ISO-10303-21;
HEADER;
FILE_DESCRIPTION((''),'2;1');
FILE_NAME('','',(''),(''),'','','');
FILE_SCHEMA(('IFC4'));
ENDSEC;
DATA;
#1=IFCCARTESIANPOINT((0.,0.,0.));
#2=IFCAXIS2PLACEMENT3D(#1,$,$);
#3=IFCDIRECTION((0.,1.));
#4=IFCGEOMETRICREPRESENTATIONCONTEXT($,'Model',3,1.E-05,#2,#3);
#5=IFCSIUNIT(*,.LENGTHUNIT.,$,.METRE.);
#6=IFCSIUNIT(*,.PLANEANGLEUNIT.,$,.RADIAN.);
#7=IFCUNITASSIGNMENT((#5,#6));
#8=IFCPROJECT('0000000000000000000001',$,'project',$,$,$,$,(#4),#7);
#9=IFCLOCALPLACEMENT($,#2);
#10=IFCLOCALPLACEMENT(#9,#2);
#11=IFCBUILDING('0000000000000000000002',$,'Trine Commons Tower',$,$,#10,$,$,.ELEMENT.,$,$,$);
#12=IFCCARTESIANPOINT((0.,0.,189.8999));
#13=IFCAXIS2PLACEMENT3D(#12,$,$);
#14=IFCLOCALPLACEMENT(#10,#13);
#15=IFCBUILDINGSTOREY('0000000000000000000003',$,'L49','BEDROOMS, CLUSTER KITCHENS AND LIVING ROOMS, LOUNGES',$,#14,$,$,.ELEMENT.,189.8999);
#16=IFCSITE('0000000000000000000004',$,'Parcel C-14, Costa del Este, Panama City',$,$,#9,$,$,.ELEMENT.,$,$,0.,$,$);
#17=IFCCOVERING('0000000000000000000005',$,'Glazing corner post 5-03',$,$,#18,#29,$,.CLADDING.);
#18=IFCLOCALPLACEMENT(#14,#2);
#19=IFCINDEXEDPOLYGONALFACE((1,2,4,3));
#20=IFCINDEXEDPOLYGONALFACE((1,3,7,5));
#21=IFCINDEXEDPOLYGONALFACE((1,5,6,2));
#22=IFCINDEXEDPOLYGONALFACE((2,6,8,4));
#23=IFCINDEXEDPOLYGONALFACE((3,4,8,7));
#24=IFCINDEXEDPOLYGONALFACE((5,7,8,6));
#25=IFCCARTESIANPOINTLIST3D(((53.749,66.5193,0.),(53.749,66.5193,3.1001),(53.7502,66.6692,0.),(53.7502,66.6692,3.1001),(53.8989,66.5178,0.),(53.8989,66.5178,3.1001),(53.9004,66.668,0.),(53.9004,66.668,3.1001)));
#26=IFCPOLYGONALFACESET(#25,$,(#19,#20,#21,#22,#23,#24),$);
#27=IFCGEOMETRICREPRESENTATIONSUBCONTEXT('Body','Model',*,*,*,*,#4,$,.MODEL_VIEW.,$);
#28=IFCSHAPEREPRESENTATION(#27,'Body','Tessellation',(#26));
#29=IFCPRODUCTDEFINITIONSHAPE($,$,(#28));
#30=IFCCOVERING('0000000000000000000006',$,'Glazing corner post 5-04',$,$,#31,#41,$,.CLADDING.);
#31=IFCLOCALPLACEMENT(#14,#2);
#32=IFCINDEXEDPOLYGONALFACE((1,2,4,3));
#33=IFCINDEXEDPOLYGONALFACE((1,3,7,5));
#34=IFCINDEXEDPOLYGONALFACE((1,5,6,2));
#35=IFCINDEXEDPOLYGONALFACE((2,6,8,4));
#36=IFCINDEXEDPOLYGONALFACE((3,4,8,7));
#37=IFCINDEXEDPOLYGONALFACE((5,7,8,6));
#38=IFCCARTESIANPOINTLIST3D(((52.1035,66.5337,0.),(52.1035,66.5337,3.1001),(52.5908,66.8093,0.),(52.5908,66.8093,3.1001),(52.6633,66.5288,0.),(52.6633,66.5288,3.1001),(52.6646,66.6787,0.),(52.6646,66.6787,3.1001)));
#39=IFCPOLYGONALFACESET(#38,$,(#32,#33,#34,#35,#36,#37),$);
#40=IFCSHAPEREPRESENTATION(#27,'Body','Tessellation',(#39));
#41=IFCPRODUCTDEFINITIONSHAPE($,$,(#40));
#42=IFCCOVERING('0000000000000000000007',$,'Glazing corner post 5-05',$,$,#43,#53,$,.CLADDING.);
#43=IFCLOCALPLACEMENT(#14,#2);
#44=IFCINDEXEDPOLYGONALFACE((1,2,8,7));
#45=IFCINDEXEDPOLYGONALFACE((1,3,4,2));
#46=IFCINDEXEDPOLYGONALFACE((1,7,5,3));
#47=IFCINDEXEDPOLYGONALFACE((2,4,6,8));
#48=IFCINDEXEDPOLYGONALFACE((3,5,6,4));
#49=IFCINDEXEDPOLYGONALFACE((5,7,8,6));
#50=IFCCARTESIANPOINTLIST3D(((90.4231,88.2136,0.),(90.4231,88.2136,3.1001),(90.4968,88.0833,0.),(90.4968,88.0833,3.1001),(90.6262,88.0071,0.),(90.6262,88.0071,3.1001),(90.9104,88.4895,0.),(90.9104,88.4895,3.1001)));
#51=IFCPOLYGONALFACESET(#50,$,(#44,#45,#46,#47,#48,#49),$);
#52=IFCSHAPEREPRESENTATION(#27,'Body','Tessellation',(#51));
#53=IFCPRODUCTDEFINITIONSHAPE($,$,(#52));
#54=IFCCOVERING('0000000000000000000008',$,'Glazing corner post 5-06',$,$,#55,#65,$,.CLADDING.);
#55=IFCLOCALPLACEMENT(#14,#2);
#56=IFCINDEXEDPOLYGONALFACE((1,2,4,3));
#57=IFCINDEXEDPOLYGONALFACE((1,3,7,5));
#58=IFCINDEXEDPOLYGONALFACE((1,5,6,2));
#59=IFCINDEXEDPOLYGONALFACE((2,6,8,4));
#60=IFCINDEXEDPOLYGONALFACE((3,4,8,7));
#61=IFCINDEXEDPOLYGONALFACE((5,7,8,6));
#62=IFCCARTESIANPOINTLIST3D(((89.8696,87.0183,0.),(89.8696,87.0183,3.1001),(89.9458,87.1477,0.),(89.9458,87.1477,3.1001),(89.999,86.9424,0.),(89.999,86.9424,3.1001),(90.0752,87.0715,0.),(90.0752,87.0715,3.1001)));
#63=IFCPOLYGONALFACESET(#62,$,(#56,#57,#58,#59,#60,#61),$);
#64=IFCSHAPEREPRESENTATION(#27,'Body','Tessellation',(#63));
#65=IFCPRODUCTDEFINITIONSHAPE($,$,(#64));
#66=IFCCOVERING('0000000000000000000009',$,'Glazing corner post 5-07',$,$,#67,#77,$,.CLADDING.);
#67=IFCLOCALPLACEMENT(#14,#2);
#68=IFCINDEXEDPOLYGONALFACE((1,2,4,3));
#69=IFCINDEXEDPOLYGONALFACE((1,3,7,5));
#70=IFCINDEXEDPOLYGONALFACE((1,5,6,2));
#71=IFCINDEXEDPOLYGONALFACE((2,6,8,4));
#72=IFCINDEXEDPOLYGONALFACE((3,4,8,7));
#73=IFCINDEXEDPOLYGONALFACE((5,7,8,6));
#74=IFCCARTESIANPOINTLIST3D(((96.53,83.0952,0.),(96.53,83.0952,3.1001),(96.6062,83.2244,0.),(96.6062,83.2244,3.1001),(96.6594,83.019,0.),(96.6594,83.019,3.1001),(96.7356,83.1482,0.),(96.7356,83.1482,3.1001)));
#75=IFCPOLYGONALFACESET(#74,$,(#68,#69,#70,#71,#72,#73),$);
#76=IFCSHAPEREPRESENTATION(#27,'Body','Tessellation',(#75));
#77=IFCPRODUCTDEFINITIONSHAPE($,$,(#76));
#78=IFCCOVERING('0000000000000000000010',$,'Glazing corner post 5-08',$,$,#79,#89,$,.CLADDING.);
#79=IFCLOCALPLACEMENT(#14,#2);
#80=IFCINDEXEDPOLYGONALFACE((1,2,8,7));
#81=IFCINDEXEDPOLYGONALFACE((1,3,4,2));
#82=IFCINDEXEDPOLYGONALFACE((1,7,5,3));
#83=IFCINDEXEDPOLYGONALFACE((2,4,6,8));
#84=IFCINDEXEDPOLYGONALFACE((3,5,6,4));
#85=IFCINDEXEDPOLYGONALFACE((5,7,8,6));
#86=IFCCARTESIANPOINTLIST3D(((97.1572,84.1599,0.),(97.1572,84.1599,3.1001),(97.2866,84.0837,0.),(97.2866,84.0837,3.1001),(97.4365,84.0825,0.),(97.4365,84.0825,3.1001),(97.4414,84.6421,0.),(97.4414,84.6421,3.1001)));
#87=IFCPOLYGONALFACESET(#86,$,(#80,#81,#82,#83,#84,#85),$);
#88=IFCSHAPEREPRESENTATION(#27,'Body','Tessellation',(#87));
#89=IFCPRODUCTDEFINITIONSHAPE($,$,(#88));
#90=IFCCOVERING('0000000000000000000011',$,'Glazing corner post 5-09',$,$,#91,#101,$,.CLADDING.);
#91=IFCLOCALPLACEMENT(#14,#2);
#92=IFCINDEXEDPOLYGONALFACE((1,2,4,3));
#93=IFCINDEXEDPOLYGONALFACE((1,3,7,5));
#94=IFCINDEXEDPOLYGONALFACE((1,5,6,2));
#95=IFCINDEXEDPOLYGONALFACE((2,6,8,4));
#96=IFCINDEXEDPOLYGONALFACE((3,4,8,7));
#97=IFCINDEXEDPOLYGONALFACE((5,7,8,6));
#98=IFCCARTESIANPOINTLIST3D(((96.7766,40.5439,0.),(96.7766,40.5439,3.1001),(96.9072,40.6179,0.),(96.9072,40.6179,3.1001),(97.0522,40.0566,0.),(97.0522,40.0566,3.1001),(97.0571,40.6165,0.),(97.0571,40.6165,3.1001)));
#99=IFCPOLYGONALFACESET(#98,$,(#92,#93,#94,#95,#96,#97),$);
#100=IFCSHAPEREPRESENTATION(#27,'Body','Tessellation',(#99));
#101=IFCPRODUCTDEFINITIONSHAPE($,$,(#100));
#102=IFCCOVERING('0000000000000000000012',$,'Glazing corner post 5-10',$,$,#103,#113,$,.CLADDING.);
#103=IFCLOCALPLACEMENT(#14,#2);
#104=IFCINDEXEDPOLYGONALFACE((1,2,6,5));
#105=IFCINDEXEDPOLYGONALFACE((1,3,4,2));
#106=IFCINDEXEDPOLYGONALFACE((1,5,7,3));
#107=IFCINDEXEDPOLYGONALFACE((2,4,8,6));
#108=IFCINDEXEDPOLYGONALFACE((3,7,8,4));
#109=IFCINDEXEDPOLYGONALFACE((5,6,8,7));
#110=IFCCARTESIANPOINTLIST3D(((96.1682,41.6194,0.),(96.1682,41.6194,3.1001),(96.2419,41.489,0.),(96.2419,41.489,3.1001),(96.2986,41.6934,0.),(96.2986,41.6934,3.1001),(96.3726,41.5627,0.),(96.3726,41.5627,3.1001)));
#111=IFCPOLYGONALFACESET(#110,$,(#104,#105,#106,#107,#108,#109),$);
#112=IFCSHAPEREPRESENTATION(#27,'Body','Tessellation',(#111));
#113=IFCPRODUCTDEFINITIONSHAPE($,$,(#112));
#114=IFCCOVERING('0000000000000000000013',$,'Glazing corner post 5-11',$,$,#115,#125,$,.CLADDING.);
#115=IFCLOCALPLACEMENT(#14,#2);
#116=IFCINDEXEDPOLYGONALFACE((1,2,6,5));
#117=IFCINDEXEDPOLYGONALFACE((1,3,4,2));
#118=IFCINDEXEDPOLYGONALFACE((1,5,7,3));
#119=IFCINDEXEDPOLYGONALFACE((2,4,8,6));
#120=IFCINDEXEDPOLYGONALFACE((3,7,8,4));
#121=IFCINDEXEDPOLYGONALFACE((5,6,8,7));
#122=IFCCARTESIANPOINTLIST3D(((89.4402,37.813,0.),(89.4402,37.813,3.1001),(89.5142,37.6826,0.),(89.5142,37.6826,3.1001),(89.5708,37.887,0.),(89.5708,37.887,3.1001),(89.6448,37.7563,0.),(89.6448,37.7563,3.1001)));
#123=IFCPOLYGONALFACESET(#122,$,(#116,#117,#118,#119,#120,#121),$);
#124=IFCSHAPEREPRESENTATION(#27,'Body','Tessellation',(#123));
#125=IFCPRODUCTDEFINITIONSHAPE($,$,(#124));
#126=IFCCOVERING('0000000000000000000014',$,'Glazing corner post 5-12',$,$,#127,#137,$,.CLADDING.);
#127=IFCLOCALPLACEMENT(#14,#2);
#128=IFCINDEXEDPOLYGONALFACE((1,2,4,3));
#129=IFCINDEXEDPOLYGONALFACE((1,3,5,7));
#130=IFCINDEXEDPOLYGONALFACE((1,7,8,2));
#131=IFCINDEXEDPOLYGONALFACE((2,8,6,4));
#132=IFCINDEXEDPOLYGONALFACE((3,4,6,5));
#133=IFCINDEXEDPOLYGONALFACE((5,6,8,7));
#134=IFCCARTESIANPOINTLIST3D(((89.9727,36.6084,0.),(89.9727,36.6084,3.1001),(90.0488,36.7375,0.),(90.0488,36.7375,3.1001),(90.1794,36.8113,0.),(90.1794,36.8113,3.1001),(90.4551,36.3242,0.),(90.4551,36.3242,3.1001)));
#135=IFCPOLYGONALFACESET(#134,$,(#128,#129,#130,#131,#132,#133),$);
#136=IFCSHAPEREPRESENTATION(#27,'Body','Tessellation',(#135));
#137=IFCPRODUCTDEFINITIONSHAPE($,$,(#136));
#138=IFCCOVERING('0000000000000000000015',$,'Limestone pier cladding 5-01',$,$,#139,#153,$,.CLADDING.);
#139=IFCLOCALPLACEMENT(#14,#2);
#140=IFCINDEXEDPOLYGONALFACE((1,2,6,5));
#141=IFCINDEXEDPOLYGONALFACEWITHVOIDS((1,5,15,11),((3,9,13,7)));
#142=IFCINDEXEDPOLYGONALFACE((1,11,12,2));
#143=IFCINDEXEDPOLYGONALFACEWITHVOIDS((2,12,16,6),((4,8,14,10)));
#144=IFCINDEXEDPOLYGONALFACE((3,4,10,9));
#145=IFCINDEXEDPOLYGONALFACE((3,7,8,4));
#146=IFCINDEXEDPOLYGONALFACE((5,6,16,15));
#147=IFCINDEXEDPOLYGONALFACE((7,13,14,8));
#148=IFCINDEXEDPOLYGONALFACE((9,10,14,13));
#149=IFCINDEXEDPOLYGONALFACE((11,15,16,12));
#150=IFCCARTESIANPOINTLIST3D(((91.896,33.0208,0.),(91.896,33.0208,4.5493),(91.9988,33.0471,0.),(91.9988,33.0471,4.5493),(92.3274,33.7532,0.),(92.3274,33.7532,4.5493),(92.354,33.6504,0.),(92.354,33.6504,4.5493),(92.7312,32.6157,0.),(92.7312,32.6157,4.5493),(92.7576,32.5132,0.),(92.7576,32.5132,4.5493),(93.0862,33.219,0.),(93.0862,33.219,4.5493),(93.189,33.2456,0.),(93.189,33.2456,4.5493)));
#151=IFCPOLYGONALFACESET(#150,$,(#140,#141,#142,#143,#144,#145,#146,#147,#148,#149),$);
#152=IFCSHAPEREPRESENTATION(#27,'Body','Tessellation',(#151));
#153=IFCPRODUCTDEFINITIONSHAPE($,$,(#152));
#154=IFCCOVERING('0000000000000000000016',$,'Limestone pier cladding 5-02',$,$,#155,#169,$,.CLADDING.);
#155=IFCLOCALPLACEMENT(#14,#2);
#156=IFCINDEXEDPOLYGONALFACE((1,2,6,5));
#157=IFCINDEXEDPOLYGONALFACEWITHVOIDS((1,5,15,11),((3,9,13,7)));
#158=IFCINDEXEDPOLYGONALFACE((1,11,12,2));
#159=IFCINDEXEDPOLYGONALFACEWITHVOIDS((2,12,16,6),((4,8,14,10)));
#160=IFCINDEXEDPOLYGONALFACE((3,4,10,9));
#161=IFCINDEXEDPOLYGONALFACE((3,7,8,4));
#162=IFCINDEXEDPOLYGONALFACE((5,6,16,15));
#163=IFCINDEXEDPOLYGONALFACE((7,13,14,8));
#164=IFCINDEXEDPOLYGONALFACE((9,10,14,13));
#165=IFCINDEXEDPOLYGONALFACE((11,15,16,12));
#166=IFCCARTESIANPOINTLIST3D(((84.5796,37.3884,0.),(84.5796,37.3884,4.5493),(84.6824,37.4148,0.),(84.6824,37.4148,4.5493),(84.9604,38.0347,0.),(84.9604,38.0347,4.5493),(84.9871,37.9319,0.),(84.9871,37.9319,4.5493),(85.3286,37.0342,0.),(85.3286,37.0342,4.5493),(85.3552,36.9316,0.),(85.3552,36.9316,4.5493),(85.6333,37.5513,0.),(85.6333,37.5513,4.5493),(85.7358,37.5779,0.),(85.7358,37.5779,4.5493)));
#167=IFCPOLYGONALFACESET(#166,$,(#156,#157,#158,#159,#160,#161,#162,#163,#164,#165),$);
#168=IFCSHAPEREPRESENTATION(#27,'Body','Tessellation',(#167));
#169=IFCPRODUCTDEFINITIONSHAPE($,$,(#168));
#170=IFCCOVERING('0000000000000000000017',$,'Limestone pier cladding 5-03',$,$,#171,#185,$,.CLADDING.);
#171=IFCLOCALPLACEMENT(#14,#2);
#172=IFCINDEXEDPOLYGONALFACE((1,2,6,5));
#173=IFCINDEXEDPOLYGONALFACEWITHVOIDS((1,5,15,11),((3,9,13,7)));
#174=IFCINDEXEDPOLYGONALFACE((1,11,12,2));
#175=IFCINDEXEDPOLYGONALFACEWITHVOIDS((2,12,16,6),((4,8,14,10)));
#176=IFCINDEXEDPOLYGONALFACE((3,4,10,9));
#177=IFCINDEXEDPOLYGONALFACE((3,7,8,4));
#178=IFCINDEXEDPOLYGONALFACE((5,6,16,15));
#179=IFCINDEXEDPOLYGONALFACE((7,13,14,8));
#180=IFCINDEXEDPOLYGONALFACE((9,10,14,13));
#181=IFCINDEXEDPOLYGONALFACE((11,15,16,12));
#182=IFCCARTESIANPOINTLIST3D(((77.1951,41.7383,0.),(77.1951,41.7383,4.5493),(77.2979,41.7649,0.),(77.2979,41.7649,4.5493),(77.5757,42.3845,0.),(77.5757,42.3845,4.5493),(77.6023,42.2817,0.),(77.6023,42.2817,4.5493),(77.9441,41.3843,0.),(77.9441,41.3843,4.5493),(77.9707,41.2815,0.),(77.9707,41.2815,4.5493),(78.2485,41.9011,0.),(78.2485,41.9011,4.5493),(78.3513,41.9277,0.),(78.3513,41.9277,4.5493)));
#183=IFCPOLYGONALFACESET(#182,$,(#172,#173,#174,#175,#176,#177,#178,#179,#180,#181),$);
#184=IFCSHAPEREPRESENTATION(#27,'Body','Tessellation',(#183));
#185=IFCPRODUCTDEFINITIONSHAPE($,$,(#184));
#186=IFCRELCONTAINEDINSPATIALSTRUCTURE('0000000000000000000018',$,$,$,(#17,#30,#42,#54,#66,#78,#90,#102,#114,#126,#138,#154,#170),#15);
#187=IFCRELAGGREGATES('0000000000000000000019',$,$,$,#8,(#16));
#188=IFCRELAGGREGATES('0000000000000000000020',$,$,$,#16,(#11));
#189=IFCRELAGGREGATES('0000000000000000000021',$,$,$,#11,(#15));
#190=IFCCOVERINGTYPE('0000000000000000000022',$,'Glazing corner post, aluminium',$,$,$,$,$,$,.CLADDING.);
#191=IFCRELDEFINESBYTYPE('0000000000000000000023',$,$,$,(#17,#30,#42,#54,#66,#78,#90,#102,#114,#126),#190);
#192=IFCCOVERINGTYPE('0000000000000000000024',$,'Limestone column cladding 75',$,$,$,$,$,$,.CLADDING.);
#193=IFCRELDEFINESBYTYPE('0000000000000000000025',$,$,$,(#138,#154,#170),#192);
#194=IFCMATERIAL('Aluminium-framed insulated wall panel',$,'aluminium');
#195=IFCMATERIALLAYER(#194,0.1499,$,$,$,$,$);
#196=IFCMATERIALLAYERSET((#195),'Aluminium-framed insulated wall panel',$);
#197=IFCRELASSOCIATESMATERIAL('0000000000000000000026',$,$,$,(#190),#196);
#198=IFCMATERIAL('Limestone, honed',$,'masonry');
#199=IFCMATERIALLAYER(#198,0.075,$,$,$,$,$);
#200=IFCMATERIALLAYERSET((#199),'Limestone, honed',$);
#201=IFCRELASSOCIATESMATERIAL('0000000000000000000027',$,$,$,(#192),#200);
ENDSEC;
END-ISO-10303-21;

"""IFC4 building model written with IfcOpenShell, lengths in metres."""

from ifc_helpers import new_model, si_unit, direction, frame, origin, place, context, subcontext, project, spatial, polyline, outline, extrude, material, layer, layer_set, type_object, element, save


model = new_model("IFC4")

# Units and contexts
model_context = context("Model", 3, precision=1e-05, world=origin(), true_north=direction((0.0, 1.0)))
body_context = subcontext(model_context, "Body", "Model", "MODEL_VIEW")
ifc_project = project(units=[si_unit("LENGTHUNIT", "METRE"), si_unit("PLANEANGLEUNIT", "RADIAN")], contexts=[model_context])

# Site, building, storey
site_placement = place(None, origin())
site = spatial("IfcSite", under=ifc_project, at=site_placement, Name="Parcel C-14, Costa del Este, Panama City", CompositionType="ELEMENT", RefElevation=0.0)
building_placement = place(site_placement, origin())
building = spatial("IfcBuilding", under=site, at=building_placement, Name="Trine Commons Tower", CompositionType="ELEMENT")
storey_placement = place(building_placement, frame((0.0, 0.0, 189.8999)))
storey = spatial("IfcBuildingStorey", under=building, at=storey_placement, Name="L49", Description="BEDROOMS, CLUSTER KITCHENS AND LIVING ROOMS, LOUNGES", CompositionType="ELEMENT", Elevation=189.8999)

# Coverings
ifc_material_1 = material(Name="Aluminium-framed insulated wall panel", Category="aluminium")
ifc_layer_1 = layer(ifc_material_1, 0.1499)
ifc_layer_set_1 = layer_set([ifc_layer_1], Name="Aluminium-framed insulated wall panel")
covering_type_1 = type_object("IfcCoveringType", Name="Glazing corner post, aluminium", PredefinedType="CLADDING", material=ifc_layer_set_1)
covering_1_placement = place(storey_placement, origin())
element("IfcCovering", 1, at=covering_1_placement, inside=storey, type_object=covering_type_1, Name="Glazing corner post 5-03", PredefinedType="CLADDING", context=body_context, shape_type="SweptSolid", body=[
    extrude(outline(polyline([(53.8989, 66.5178), (53.9004, 66.668), (53.7502, 66.6692), (53.749, 66.5193), (53.8989, 66.5178)])), origin(), (0.0, 0.0, 1.0), 3.1001),
])
covering_2_placement = place(storey_placement, origin())
element("IfcCovering", 2, at=covering_2_placement, inside=storey, type_object=covering_type_1, Name="Glazing corner post 5-04", PredefinedType="CLADDING", context=body_context, shape_type="SweptSolid", body=[
    extrude(outline(polyline([(52.6633, 66.5288), (52.6646, 66.6787), (52.5908, 66.8093), (52.1035, 66.5337), (52.6633, 66.5288)])), origin(), (0.0, 0.0, 1.0), 3.1001),
])
covering_3_placement = place(storey_placement, origin())
element("IfcCovering", 3, at=covering_3_placement, inside=storey, type_object=covering_type_1, Name="Glazing corner post 5-05", PredefinedType="CLADDING", context=body_context, shape_type="SweptSolid", body=[
    extrude(outline(polyline([(90.6262, 88.0071), (90.9104, 88.4895), (90.4231, 88.2136), (90.4968, 88.0833), (90.6262, 88.0071)])), origin(), (0.0, 0.0, 1.0), 3.1001),
])
covering_4_placement = place(storey_placement, origin())
element("IfcCovering", 4, at=covering_4_placement, inside=storey, type_object=covering_type_1, Name="Glazing corner post 5-06", PredefinedType="CLADDING", context=body_context, shape_type="SweptSolid", body=[
    extrude(outline(polyline([(89.999, 86.9424), (90.0752, 87.0715), (89.9458, 87.1477), (89.8696, 87.0183), (89.999, 86.9424)])), origin(), (0.0, 0.0, 1.0), 3.1001),
])
covering_5_placement = place(storey_placement, origin())
element("IfcCovering", 5, at=covering_5_placement, inside=storey, type_object=covering_type_1, Name="Glazing corner post 5-07", PredefinedType="CLADDING", context=body_context, shape_type="SweptSolid", body=[
    extrude(outline(polyline([(96.53, 83.0952), (96.6594, 83.019), (96.7356, 83.1482), (96.6062, 83.2244), (96.53, 83.0952)])), origin(), (0.0, 0.0, 1.0), 3.1001),
])
covering_6_placement = place(storey_placement, origin())
element("IfcCovering", 6, at=covering_6_placement, inside=storey, type_object=covering_type_1, Name="Glazing corner post 5-08", PredefinedType="CLADDING", context=body_context, shape_type="SweptSolid", body=[
    extrude(outline(polyline([(97.4365, 84.0825), (97.4414, 84.6421), (97.1572, 84.1599), (97.2866, 84.0837), (97.4365, 84.0825)])), origin(), (0.0, 0.0, 1.0), 3.1001),
])
covering_7_placement = place(storey_placement, origin())
element("IfcCovering", 7, at=covering_7_placement, inside=storey, type_object=covering_type_1, Name="Glazing corner post 5-09", PredefinedType="CLADDING", context=body_context, shape_type="SweptSolid", body=[
    extrude(outline(polyline([(96.7766, 40.5439), (97.0522, 40.0566), (97.0571, 40.6165), (96.9072, 40.6179), (96.9072, 40.6179), (96.7766, 40.5439)])), origin(), (0.0, 0.0, 1.0), 3.1001),
])
covering_8_placement = place(storey_placement, origin())
element("IfcCovering", 8, at=covering_8_placement, inside=storey, type_object=covering_type_1, Name="Glazing corner post 5-10", PredefinedType="CLADDING", context=body_context, shape_type="SweptSolid", body=[
    extrude(outline(polyline([(96.1682, 41.6194), (96.2419, 41.489), (96.3726, 41.5627), (96.2986, 41.6934), (96.1682, 41.6194)])), origin(), (0.0, 0.0, 1.0), 3.1001),
])
covering_9_placement = place(storey_placement, origin())
element("IfcCovering", 9, at=covering_9_placement, inside=storey, type_object=covering_type_1, Name="Glazing corner post 5-11", PredefinedType="CLADDING", context=body_context, shape_type="SweptSolid", body=[
    extrude(outline(polyline([(89.5142, 37.6826), (89.6448, 37.7563), (89.5708, 37.887), (89.4402, 37.813), (89.5142, 37.6826)])), origin(), (0.0, 0.0, 1.0), 3.1001),
])
covering_10_placement = place(storey_placement, origin())
element("IfcCovering", 10, at=covering_10_placement, inside=storey, type_object=covering_type_1, Name="Glazing corner post 5-12", PredefinedType="CLADDING", context=body_context, shape_type="SweptSolid", body=[
    extrude(outline(polyline([(89.9727, 36.6084), (90.4551, 36.3242), (90.1794, 36.8113), (90.0488, 36.7375), (89.9727, 36.6084)])), origin(), (0.0, 0.0, 1.0), 3.1001),
])
ifc_material_2 = material(Name="Limestone, honed", Category="masonry")
ifc_layer_2 = layer(ifc_material_2, 0.075)
ifc_layer_set_2 = layer_set([ifc_layer_2], Name="Limestone, honed")
covering_type_2 = type_object("IfcCoveringType", Name="Limestone column cladding 75", PredefinedType="CLADDING", material=ifc_layer_set_2)
covering_11_placement = place(storey_placement, origin())
element("IfcCovering", 11, at=covering_11_placement, inside=storey, type_object=covering_type_2, Name="Limestone pier cladding 5-01", PredefinedType="CLADDING", context=body_context, shape_type="SweptSolid", body=[
    extrude(outline(polyline([(92.3274, 33.7532), (91.896, 33.0208), (92.7576, 32.5132), (93.189, 33.2456), (92.3274, 33.7532)]), holes=[polyline([(92.354, 33.6504), (91.9988, 33.0471), (92.7312, 32.6157), (93.0862, 33.219), (92.354, 33.6504)])]), origin(), (0.0, 0.0, 1.0), 4.5493),
])
covering_12_placement = place(storey_placement, origin())
element("IfcCovering", 12, at=covering_12_placement, inside=storey, type_object=covering_type_2, Name="Limestone pier cladding 5-02", PredefinedType="CLADDING", context=body_context, shape_type="SweptSolid", body=[
    extrude(outline(polyline([(84.9604, 38.0347), (84.5796, 37.3884), (85.3552, 36.9316), (85.7358, 37.5779), (84.9604, 38.0347)]), holes=[polyline([(84.9871, 37.9319), (84.6824, 37.4148), (85.3286, 37.0342), (85.6333, 37.5513), (84.9871, 37.9319)])]), origin(), (0.0, 0.0, 1.0), 4.5493),
])
covering_13_placement = place(storey_placement, origin())
element("IfcCovering", 13, at=covering_13_placement, inside=storey, type_object=covering_type_2, Name="Limestone pier cladding 5-03", PredefinedType="CLADDING", context=body_context, shape_type="SweptSolid", body=[
    extrude(outline(polyline([(77.5757, 42.3845), (77.1951, 41.7383), (77.9707, 41.2815), (78.3513, 41.9277), (77.5757, 42.3845)]), holes=[polyline([(77.6023, 42.2817), (77.2979, 41.7649), (77.9441, 41.3843), (78.2485, 41.9011), (77.6023, 42.2817)])]), origin(), (0.0, 0.0, 1.0), 4.5493),
])

save(model, "model.ifc")
